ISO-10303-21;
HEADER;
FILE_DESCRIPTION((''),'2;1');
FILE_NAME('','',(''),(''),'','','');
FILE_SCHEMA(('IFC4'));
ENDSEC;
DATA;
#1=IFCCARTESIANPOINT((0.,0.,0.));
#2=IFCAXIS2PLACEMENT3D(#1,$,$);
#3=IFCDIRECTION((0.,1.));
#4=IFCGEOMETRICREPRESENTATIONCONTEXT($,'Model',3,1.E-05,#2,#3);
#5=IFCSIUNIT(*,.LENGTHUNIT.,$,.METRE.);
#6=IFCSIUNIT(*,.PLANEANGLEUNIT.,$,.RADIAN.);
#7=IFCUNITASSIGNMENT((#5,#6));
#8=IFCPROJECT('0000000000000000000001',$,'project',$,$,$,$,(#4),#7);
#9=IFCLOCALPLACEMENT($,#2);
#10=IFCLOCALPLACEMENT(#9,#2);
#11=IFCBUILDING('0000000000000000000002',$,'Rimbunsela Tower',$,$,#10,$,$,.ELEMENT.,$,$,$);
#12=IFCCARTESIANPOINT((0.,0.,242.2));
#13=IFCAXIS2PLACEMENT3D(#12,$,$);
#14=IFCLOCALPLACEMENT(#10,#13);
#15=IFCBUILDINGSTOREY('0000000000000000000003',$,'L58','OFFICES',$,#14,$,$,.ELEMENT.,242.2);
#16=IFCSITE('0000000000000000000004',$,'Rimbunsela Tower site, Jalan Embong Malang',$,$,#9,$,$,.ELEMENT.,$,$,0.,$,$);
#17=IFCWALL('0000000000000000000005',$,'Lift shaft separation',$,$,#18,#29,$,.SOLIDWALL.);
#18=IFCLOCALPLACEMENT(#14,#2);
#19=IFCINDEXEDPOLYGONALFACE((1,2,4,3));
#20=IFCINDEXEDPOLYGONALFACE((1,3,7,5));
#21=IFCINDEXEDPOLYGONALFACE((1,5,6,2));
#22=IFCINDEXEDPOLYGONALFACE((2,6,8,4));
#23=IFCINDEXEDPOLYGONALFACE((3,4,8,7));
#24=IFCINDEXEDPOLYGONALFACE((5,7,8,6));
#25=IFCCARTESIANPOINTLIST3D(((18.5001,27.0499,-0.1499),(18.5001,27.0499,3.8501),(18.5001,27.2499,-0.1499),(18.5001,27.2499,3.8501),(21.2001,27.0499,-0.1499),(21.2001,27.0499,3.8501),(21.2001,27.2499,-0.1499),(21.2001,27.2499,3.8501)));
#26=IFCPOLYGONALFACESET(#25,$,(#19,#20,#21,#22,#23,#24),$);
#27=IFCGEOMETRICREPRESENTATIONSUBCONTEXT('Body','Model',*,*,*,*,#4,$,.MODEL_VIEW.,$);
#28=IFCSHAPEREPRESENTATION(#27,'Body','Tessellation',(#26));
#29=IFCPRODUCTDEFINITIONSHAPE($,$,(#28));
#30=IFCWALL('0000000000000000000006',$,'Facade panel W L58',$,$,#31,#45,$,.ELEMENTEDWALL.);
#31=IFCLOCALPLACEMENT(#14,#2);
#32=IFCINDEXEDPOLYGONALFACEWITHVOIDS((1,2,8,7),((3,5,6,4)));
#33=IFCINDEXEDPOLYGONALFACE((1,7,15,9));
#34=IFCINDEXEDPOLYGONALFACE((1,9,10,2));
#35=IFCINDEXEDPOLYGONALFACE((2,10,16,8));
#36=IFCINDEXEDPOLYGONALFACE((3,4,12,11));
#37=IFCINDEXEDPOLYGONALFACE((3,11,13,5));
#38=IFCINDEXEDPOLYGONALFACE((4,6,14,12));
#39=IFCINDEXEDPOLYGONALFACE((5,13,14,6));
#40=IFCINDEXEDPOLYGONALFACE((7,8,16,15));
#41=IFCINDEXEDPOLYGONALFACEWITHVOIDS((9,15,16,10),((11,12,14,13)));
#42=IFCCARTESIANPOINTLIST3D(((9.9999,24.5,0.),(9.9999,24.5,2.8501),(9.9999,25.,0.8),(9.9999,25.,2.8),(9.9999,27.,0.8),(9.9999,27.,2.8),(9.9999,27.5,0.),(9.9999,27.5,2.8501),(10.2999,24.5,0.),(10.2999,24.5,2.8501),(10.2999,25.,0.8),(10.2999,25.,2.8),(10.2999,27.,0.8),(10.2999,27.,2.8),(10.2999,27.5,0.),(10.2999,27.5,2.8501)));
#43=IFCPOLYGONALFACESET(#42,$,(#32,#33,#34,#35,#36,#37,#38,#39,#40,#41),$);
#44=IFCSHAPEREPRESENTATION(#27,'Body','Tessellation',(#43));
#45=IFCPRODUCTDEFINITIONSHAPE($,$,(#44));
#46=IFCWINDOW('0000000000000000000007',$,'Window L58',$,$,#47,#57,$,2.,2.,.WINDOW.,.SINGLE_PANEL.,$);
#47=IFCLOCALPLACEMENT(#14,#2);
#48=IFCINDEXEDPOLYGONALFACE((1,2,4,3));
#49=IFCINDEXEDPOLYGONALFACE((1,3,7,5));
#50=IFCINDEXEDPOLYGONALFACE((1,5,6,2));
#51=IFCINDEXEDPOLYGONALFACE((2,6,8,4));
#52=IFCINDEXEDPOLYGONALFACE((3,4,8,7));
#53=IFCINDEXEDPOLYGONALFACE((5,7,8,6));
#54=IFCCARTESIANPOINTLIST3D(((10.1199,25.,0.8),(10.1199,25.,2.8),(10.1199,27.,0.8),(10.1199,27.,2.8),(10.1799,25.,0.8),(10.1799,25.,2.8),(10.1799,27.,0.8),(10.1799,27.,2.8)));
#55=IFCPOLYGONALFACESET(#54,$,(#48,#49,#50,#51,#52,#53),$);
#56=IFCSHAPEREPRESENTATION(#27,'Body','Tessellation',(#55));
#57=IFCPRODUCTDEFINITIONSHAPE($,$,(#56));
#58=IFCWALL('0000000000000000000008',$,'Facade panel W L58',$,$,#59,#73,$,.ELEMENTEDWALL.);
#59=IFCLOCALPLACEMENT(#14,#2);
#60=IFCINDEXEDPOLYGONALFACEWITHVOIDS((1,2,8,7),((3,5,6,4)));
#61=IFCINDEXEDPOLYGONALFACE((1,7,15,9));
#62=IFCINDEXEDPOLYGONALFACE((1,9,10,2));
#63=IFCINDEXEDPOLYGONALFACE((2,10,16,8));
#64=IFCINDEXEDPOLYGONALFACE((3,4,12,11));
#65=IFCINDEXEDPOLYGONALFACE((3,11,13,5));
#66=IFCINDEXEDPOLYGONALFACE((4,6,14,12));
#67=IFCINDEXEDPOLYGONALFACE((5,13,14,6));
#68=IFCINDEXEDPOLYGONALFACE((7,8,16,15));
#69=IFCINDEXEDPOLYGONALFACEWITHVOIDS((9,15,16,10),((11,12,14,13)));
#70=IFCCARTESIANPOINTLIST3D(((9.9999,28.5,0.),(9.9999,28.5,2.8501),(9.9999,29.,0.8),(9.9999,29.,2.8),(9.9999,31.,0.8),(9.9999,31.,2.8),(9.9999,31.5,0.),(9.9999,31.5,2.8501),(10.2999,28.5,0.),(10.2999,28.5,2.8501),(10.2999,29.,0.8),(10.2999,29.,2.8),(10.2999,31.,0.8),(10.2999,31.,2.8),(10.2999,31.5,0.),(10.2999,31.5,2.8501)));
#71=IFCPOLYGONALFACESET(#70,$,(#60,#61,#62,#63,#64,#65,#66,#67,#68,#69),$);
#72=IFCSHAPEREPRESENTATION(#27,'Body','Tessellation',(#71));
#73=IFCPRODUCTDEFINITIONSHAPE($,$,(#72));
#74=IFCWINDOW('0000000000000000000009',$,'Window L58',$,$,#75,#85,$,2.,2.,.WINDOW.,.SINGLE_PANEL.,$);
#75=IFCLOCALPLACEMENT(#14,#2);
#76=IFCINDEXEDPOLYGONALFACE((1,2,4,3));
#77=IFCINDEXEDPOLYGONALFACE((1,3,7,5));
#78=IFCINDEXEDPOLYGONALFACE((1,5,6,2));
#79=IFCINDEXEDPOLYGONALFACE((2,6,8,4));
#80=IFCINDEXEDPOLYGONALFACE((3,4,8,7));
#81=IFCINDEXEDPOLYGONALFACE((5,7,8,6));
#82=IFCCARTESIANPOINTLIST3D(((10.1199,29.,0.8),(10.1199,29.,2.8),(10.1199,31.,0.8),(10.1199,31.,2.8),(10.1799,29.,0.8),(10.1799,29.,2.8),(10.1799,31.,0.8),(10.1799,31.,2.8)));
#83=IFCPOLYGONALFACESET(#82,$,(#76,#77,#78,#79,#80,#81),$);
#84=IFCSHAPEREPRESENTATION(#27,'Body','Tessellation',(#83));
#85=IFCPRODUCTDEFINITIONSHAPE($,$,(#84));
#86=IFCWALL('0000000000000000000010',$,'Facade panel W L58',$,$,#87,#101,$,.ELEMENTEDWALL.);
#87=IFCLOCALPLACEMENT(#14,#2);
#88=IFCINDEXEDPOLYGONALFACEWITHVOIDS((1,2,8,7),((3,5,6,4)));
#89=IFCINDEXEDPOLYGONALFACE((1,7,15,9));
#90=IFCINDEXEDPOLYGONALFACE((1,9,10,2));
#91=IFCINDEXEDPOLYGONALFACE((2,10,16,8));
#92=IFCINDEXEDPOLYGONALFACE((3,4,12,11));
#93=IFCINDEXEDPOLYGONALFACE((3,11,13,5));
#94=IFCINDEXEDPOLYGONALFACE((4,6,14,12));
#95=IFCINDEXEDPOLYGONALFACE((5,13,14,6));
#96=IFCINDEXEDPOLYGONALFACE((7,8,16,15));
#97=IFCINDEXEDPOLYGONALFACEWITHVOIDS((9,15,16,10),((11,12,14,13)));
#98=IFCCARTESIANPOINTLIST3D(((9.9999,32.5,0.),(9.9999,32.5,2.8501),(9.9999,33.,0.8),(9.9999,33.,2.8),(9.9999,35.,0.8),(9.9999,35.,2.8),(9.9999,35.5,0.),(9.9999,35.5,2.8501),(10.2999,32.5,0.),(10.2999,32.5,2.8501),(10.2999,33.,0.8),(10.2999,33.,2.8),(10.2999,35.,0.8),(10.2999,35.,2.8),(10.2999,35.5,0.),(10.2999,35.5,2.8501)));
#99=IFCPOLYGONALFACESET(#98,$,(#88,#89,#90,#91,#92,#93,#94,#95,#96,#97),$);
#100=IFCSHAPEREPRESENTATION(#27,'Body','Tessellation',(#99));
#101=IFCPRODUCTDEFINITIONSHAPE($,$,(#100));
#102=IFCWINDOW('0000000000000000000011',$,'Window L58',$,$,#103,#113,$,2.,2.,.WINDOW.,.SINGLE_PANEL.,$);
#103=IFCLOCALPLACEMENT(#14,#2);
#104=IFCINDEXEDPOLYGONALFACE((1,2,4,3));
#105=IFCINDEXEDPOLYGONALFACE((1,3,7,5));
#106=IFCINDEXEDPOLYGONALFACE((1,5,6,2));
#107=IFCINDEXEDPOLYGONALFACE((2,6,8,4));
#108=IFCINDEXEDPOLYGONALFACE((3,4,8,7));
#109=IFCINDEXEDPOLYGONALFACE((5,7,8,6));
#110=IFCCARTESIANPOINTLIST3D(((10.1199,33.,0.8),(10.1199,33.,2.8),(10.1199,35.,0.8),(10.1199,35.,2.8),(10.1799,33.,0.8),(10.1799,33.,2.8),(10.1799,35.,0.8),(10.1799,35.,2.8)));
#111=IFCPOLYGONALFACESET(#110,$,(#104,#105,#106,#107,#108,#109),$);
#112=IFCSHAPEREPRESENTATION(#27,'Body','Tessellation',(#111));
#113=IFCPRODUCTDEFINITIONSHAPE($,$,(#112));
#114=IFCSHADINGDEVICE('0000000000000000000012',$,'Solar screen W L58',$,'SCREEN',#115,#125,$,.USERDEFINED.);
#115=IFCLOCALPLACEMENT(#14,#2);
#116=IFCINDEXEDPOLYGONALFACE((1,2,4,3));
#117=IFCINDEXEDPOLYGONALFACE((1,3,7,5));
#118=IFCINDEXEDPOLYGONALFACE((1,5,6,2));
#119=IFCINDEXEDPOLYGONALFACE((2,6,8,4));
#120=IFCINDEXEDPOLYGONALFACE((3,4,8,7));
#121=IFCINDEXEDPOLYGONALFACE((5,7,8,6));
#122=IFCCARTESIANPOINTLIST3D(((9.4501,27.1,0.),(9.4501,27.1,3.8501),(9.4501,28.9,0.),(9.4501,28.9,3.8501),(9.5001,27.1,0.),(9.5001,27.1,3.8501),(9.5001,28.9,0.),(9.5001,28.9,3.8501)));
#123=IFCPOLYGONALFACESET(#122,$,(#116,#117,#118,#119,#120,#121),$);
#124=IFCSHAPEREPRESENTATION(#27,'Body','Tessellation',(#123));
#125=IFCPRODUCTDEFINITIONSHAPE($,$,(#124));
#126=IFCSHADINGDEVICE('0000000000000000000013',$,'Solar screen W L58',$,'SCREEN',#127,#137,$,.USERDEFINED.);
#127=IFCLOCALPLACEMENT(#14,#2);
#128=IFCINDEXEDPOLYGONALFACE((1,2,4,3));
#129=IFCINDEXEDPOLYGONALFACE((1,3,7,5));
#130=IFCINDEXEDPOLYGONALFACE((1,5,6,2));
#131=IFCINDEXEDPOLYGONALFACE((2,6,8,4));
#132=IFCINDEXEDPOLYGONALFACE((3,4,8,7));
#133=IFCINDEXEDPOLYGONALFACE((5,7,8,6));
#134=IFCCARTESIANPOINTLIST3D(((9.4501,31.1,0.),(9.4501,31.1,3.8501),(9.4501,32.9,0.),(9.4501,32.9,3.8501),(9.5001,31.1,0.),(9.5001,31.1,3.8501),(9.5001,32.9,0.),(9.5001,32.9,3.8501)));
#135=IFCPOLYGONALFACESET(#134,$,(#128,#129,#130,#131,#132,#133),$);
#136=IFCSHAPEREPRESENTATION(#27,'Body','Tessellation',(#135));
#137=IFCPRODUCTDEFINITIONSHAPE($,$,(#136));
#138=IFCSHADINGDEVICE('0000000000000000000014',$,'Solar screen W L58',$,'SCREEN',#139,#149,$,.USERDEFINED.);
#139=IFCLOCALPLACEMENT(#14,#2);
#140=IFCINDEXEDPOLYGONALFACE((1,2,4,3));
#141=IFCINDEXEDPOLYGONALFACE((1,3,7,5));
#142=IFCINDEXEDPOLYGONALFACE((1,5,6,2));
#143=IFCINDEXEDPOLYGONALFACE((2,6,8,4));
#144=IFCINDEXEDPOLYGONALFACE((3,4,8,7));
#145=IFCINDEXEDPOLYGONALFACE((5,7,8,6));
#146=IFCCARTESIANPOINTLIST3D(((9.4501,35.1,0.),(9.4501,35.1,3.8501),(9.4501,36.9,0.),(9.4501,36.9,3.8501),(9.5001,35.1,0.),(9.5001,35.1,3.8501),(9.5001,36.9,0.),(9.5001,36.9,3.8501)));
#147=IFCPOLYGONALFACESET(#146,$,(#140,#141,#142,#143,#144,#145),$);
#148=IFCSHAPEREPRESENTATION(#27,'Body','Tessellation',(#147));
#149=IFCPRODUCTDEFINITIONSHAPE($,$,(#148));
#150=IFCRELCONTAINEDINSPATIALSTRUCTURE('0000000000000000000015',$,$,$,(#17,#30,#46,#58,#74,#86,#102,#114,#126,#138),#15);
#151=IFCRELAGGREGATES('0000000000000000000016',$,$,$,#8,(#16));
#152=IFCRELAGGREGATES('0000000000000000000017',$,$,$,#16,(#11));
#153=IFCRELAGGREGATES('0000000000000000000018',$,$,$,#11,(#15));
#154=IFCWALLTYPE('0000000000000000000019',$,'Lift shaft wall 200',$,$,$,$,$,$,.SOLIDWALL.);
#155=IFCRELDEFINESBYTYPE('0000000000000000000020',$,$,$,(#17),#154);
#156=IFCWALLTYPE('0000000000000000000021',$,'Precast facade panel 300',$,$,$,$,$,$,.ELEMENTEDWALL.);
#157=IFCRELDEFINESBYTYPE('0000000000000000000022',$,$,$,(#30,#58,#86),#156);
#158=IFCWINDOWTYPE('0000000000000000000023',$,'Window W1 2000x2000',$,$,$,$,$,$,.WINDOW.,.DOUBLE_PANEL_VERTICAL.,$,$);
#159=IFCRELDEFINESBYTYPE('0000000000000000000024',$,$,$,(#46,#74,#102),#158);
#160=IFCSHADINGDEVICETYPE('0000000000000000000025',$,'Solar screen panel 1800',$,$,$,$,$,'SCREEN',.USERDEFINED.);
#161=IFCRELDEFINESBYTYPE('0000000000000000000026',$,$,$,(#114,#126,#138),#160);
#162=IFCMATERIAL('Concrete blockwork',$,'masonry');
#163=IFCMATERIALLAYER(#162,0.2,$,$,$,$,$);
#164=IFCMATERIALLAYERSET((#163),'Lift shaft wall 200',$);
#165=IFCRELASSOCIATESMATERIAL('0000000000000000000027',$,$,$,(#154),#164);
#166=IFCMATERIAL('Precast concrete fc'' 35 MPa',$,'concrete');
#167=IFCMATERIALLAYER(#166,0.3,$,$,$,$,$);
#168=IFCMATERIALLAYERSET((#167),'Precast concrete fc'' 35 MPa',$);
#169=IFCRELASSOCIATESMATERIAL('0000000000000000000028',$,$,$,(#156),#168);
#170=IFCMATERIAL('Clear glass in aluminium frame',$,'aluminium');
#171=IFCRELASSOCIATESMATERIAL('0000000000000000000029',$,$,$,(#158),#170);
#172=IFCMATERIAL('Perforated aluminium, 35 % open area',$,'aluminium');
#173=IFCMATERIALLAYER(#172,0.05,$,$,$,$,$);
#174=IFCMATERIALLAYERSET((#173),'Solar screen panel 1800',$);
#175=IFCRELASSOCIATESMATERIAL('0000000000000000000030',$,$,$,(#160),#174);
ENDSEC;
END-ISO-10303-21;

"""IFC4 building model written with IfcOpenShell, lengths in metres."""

from ifc_helpers import new_model, si_unit, direction, frame, frame_2d, origin, origin_2d, place, context, subcontext, project, spatial, rectangle, extrude, material, layer, layer_set, type_object, element, fill, save


model = new_model("IFC4")

# Units and contexts
model_context = context("Model", 3, precision=1e-05, world=origin(), true_north=direction((0.0, 1.0)))
body_context = subcontext(model_context, "Body", "Model", "MODEL_VIEW")
ifc_project = project(units=[si_unit("LENGTHUNIT", "METRE"), si_unit("PLANEANGLEUNIT", "RADIAN")], contexts=[model_context])

# Site, building, storey
site_placement = place(None, origin())
site = spatial("IfcSite", under=ifc_project, at=site_placement, Name="Rimbunsela Tower site, Jalan Embong Malang", CompositionType="ELEMENT", RefElevation=0.0)
building_placement = place(site_placement, origin())
building = spatial("IfcBuilding", under=site, at=building_placement, Name="Rimbunsela Tower", CompositionType="ELEMENT")
storey_placement = place(building_placement, frame((0.0, 0.0, 242.2)))
storey = spatial("IfcBuildingStorey", under=building, at=storey_placement, Name="L58", Description="OFFICES", CompositionType="ELEMENT", Elevation=242.2)

# Wall
ifc_material_1 = material(Name="Concrete blockwork", Category="masonry")
ifc_layer_1 = layer(ifc_material_1, 0.2)
ifc_layer_set_1 = layer_set([ifc_layer_1], Name="Lift shaft wall 200")
wall_type_1 = type_object("IfcWallType", Name="Lift shaft wall 200", PredefinedType="SOLIDWALL", material=ifc_layer_set_1)
wall_1_placement = place(storey_placement, frame((18.5, 27.1499, -0.1499), z_axis=(0.0, 0.0, 1.0), x_axis=(1.0, 0.0, 0.0)))
element("IfcWall", 1, at=wall_1_placement, inside=storey, type_object=wall_type_1, Name="Lift shaft separation", PredefinedType="SOLIDWALL", context=body_context, shape_type="SweptSolid", body=[
    extrude(rectangle(XDim=2.7, YDim=0.2, at=frame_2d((1.3501, 0.0))), origin(), (0.0, 0.0, 1.0), 4.0),
])

# Walls, openings, windows
ifc_material_2 = material(Name="Precast concrete fc' 35 MPa", Category="concrete")
ifc_layer_2 = layer(ifc_material_2, 0.3)
ifc_layer_set_2 = layer_set([ifc_layer_2], Name="Precast concrete fc' 35 MPa")
wall_type_2 = type_object("IfcWallType", Name="Precast facade panel 300", PredefinedType="ELEMENTEDWALL", material=ifc_layer_set_2)
wall_2_placement = place(storey_placement, frame((10.1499, 27.5, 0.0), z_axis=(0.0, 0.0, 1.0), x_axis=(0.0, -1.0, 0.0)))
wall_2 = element("IfcWall", 2, at=wall_2_placement, inside=storey, type_object=wall_type_2, Name="Facade panel W L58", PredefinedType="ELEMENTEDWALL", context=body_context, shape_type="SweptSolid", body=[
    extrude(rectangle(XDim=3.0, YDim=0.3, at=frame_2d((1.5, 0.0))), origin(), (0.0, 0.0, 1.0), 2.8501),
])
opening_1_placement = place(wall_2_placement, frame((0.5, 0.0, 0.8)))
opening_1 = element("IfcOpeningElement", 3, at=opening_1_placement, cuts=wall_2, PredefinedType="OPENING", context=body_context, shape_type="SweptSolid", body=[
    extrude(rectangle(XDim=2.0, YDim=2.0, at=frame_2d((1.0, 1.0))), frame((0.0, 0.1599, 0.0), z_axis=(0.0, -1.0, 0.0), x_axis=(1.0, 0.0, 0.0)), (0.0, 0.0, 1.0), 0.3201),
])
ifc_material_3 = material(Name="Clear glass in aluminium frame", Category="aluminium")
window_type = type_object("IfcWindowType", Name="Window W1 2000x2000", PartitioningType="DOUBLE_PANEL_VERTICAL", PredefinedType="WINDOW", material=ifc_material_3)
window_1_placement = place(opening_1_placement, origin())
window_1 = element("IfcWindow", 4, at=window_1_placement, inside=storey, type_object=window_type, Name="Window L58", OverallHeight=2.0, OverallWidth=2.0, PartitioningType="SINGLE_PANEL", PredefinedType="WINDOW", context=body_context, shape_type="SweptSolid", body=[
    extrude(rectangle(XDim=2.0, YDim=2.0, at=frame_2d((1.0, 1.0))), frame((0.0, 0.03, 0.0), z_axis=(0.0, -1.0, 0.0), x_axis=(1.0, 0.0, 0.0)), (0.0, 0.0, 1.0), 0.0601),
])
fill(opening_1, window_1)
wall_3_placement = place(storey_placement, frame((10.1499, 31.5, 0.0), z_axis=(0.0, 0.0, 1.0), x_axis=(0.0, -1.0, 0.0)))
wall_3 = element("IfcWall", 5, at=wall_3_placement, inside=storey, type_object=wall_type_2, Name="Facade panel W L58", PredefinedType="ELEMENTEDWALL", context=body_context, shape_type="SweptSolid", body=[
    extrude(rectangle(XDim=3.0, YDim=0.3, at=frame_2d((1.5, 0.0))), origin(), (0.0, 0.0, 1.0), 2.8501),
])
opening_2_placement = place(wall_3_placement, frame((0.5, 0.0, 0.8)))
opening_2 = element("IfcOpeningElement", 6, at=opening_2_placement, cuts=wall_3, PredefinedType="OPENING", context=body_context, shape_type="SweptSolid", body=[
    extrude(rectangle(XDim=2.0, YDim=2.0, at=frame_2d((1.0, 1.0))), frame((0.0, 0.1599, 0.0), z_axis=(0.0, -1.0, 0.0), x_axis=(1.0, 0.0, 0.0)), (0.0, 0.0, 1.0), 0.3201),
])
window_2_placement = place(opening_2_placement, origin())
window_2 = element("IfcWindow", 7, at=window_2_placement, inside=storey, type_object=window_type, Name="Window L58", OverallHeight=2.0, OverallWidth=2.0, PartitioningType="SINGLE_PANEL", PredefinedType="WINDOW", context=body_context, shape_type="SweptSolid", body=[
    extrude(rectangle(XDim=2.0, YDim=2.0, at=frame_2d((1.0, 1.0))), frame((0.0, 0.03, 0.0), z_axis=(0.0, -1.0, 0.0), x_axis=(1.0, 0.0, 0.0)), (0.0, 0.0, 1.0), 0.0601),
])
fill(opening_2, window_2)
wall_4_placement = place(storey_placement, frame((10.1499, 35.5, 0.0), z_axis=(0.0, 0.0, 1.0), x_axis=(0.0, -1.0, 0.0)))
wall_4 = element("IfcWall", 8, at=wall_4_placement, inside=storey, type_object=wall_type_2, Name="Facade panel W L58", PredefinedType="ELEMENTEDWALL", context=body_context, shape_type="SweptSolid", body=[
    extrude(rectangle(XDim=3.0, YDim=0.3, at=frame_2d((1.5, 0.0))), origin(), (0.0, 0.0, 1.0), 2.8501),
])
opening_3_placement = place(wall_4_placement, frame((0.5, 0.0, 0.8)))
opening_3 = element("IfcOpeningElement", 9, at=opening_3_placement, cuts=wall_4, PredefinedType="OPENING", context=body_context, shape_type="SweptSolid", body=[
    extrude(rectangle(XDim=2.0, YDim=2.0, at=frame_2d((1.0, 1.0))), frame((0.0, 0.1599, 0.0), z_axis=(0.0, -1.0, 0.0), x_axis=(1.0, 0.0, 0.0)), (0.0, 0.0, 1.0), 0.3201),
])
window_3_placement = place(opening_3_placement, origin())
window_3 = element("IfcWindow", 10, at=window_3_placement, inside=storey, type_object=window_type, Name="Window L58", OverallHeight=2.0, OverallWidth=2.0, PartitioningType="SINGLE_PANEL", PredefinedType="WINDOW", context=body_context, shape_type="SweptSolid", body=[
    extrude(rectangle(XDim=2.0, YDim=2.0, at=frame_2d((1.0, 1.0))), frame((0.0, 0.03, 0.0), z_axis=(0.0, -1.0, 0.0), x_axis=(1.0, 0.0, 0.0)), (0.0, 0.0, 1.0), 0.0601),
])
fill(opening_3, window_3)

# Shading devices
ifc_material_4 = material(Name="Perforated aluminium, 35 % open area", Category="aluminium")
ifc_layer_3 = layer(ifc_material_4, 0.05)
ifc_layer_set_3 = layer_set([ifc_layer_3], Name="Solar screen panel 1800")
shading_device_type = type_object("IfcShadingDeviceType", Name="Solar screen panel 1800", ElementType="SCREEN", PredefinedType="USERDEFINED", material=ifc_layer_set_3)
for number, where, z_axis, x_axis, name in (
    (11, (9.4751, 28.0, 0.0), (0.0, 0.0, 1.0), (0.0, 1.0, 0.0), "Solar screen W L58"),
    (12, (9.4751, 32.0, 0.0), (0.0, 0.0, 1.0), (0.0, 1.0, 0.0), "Solar screen W L58"),
    (13, (9.4751, 36.0, 0.0), (0.0, 0.0, 1.0), (0.0, 1.0, 0.0), "Solar screen W L58"),
):
    element("IfcShadingDevice", number, at=place(storey_placement, frame(where, z_axis=z_axis, x_axis=x_axis)), inside=storey, type_object=shading_device_type, Name=name, ObjectType="SCREEN", PredefinedType="USERDEFINED", context=body_context, shape_type="SweptSolid", body=[
        extrude(rectangle(XDim=1.8, YDim=0.05, at=origin_2d()), origin(), (0.0, 0.0, 1.0), 3.8501),
    ])

save(model, "model.ifc")
